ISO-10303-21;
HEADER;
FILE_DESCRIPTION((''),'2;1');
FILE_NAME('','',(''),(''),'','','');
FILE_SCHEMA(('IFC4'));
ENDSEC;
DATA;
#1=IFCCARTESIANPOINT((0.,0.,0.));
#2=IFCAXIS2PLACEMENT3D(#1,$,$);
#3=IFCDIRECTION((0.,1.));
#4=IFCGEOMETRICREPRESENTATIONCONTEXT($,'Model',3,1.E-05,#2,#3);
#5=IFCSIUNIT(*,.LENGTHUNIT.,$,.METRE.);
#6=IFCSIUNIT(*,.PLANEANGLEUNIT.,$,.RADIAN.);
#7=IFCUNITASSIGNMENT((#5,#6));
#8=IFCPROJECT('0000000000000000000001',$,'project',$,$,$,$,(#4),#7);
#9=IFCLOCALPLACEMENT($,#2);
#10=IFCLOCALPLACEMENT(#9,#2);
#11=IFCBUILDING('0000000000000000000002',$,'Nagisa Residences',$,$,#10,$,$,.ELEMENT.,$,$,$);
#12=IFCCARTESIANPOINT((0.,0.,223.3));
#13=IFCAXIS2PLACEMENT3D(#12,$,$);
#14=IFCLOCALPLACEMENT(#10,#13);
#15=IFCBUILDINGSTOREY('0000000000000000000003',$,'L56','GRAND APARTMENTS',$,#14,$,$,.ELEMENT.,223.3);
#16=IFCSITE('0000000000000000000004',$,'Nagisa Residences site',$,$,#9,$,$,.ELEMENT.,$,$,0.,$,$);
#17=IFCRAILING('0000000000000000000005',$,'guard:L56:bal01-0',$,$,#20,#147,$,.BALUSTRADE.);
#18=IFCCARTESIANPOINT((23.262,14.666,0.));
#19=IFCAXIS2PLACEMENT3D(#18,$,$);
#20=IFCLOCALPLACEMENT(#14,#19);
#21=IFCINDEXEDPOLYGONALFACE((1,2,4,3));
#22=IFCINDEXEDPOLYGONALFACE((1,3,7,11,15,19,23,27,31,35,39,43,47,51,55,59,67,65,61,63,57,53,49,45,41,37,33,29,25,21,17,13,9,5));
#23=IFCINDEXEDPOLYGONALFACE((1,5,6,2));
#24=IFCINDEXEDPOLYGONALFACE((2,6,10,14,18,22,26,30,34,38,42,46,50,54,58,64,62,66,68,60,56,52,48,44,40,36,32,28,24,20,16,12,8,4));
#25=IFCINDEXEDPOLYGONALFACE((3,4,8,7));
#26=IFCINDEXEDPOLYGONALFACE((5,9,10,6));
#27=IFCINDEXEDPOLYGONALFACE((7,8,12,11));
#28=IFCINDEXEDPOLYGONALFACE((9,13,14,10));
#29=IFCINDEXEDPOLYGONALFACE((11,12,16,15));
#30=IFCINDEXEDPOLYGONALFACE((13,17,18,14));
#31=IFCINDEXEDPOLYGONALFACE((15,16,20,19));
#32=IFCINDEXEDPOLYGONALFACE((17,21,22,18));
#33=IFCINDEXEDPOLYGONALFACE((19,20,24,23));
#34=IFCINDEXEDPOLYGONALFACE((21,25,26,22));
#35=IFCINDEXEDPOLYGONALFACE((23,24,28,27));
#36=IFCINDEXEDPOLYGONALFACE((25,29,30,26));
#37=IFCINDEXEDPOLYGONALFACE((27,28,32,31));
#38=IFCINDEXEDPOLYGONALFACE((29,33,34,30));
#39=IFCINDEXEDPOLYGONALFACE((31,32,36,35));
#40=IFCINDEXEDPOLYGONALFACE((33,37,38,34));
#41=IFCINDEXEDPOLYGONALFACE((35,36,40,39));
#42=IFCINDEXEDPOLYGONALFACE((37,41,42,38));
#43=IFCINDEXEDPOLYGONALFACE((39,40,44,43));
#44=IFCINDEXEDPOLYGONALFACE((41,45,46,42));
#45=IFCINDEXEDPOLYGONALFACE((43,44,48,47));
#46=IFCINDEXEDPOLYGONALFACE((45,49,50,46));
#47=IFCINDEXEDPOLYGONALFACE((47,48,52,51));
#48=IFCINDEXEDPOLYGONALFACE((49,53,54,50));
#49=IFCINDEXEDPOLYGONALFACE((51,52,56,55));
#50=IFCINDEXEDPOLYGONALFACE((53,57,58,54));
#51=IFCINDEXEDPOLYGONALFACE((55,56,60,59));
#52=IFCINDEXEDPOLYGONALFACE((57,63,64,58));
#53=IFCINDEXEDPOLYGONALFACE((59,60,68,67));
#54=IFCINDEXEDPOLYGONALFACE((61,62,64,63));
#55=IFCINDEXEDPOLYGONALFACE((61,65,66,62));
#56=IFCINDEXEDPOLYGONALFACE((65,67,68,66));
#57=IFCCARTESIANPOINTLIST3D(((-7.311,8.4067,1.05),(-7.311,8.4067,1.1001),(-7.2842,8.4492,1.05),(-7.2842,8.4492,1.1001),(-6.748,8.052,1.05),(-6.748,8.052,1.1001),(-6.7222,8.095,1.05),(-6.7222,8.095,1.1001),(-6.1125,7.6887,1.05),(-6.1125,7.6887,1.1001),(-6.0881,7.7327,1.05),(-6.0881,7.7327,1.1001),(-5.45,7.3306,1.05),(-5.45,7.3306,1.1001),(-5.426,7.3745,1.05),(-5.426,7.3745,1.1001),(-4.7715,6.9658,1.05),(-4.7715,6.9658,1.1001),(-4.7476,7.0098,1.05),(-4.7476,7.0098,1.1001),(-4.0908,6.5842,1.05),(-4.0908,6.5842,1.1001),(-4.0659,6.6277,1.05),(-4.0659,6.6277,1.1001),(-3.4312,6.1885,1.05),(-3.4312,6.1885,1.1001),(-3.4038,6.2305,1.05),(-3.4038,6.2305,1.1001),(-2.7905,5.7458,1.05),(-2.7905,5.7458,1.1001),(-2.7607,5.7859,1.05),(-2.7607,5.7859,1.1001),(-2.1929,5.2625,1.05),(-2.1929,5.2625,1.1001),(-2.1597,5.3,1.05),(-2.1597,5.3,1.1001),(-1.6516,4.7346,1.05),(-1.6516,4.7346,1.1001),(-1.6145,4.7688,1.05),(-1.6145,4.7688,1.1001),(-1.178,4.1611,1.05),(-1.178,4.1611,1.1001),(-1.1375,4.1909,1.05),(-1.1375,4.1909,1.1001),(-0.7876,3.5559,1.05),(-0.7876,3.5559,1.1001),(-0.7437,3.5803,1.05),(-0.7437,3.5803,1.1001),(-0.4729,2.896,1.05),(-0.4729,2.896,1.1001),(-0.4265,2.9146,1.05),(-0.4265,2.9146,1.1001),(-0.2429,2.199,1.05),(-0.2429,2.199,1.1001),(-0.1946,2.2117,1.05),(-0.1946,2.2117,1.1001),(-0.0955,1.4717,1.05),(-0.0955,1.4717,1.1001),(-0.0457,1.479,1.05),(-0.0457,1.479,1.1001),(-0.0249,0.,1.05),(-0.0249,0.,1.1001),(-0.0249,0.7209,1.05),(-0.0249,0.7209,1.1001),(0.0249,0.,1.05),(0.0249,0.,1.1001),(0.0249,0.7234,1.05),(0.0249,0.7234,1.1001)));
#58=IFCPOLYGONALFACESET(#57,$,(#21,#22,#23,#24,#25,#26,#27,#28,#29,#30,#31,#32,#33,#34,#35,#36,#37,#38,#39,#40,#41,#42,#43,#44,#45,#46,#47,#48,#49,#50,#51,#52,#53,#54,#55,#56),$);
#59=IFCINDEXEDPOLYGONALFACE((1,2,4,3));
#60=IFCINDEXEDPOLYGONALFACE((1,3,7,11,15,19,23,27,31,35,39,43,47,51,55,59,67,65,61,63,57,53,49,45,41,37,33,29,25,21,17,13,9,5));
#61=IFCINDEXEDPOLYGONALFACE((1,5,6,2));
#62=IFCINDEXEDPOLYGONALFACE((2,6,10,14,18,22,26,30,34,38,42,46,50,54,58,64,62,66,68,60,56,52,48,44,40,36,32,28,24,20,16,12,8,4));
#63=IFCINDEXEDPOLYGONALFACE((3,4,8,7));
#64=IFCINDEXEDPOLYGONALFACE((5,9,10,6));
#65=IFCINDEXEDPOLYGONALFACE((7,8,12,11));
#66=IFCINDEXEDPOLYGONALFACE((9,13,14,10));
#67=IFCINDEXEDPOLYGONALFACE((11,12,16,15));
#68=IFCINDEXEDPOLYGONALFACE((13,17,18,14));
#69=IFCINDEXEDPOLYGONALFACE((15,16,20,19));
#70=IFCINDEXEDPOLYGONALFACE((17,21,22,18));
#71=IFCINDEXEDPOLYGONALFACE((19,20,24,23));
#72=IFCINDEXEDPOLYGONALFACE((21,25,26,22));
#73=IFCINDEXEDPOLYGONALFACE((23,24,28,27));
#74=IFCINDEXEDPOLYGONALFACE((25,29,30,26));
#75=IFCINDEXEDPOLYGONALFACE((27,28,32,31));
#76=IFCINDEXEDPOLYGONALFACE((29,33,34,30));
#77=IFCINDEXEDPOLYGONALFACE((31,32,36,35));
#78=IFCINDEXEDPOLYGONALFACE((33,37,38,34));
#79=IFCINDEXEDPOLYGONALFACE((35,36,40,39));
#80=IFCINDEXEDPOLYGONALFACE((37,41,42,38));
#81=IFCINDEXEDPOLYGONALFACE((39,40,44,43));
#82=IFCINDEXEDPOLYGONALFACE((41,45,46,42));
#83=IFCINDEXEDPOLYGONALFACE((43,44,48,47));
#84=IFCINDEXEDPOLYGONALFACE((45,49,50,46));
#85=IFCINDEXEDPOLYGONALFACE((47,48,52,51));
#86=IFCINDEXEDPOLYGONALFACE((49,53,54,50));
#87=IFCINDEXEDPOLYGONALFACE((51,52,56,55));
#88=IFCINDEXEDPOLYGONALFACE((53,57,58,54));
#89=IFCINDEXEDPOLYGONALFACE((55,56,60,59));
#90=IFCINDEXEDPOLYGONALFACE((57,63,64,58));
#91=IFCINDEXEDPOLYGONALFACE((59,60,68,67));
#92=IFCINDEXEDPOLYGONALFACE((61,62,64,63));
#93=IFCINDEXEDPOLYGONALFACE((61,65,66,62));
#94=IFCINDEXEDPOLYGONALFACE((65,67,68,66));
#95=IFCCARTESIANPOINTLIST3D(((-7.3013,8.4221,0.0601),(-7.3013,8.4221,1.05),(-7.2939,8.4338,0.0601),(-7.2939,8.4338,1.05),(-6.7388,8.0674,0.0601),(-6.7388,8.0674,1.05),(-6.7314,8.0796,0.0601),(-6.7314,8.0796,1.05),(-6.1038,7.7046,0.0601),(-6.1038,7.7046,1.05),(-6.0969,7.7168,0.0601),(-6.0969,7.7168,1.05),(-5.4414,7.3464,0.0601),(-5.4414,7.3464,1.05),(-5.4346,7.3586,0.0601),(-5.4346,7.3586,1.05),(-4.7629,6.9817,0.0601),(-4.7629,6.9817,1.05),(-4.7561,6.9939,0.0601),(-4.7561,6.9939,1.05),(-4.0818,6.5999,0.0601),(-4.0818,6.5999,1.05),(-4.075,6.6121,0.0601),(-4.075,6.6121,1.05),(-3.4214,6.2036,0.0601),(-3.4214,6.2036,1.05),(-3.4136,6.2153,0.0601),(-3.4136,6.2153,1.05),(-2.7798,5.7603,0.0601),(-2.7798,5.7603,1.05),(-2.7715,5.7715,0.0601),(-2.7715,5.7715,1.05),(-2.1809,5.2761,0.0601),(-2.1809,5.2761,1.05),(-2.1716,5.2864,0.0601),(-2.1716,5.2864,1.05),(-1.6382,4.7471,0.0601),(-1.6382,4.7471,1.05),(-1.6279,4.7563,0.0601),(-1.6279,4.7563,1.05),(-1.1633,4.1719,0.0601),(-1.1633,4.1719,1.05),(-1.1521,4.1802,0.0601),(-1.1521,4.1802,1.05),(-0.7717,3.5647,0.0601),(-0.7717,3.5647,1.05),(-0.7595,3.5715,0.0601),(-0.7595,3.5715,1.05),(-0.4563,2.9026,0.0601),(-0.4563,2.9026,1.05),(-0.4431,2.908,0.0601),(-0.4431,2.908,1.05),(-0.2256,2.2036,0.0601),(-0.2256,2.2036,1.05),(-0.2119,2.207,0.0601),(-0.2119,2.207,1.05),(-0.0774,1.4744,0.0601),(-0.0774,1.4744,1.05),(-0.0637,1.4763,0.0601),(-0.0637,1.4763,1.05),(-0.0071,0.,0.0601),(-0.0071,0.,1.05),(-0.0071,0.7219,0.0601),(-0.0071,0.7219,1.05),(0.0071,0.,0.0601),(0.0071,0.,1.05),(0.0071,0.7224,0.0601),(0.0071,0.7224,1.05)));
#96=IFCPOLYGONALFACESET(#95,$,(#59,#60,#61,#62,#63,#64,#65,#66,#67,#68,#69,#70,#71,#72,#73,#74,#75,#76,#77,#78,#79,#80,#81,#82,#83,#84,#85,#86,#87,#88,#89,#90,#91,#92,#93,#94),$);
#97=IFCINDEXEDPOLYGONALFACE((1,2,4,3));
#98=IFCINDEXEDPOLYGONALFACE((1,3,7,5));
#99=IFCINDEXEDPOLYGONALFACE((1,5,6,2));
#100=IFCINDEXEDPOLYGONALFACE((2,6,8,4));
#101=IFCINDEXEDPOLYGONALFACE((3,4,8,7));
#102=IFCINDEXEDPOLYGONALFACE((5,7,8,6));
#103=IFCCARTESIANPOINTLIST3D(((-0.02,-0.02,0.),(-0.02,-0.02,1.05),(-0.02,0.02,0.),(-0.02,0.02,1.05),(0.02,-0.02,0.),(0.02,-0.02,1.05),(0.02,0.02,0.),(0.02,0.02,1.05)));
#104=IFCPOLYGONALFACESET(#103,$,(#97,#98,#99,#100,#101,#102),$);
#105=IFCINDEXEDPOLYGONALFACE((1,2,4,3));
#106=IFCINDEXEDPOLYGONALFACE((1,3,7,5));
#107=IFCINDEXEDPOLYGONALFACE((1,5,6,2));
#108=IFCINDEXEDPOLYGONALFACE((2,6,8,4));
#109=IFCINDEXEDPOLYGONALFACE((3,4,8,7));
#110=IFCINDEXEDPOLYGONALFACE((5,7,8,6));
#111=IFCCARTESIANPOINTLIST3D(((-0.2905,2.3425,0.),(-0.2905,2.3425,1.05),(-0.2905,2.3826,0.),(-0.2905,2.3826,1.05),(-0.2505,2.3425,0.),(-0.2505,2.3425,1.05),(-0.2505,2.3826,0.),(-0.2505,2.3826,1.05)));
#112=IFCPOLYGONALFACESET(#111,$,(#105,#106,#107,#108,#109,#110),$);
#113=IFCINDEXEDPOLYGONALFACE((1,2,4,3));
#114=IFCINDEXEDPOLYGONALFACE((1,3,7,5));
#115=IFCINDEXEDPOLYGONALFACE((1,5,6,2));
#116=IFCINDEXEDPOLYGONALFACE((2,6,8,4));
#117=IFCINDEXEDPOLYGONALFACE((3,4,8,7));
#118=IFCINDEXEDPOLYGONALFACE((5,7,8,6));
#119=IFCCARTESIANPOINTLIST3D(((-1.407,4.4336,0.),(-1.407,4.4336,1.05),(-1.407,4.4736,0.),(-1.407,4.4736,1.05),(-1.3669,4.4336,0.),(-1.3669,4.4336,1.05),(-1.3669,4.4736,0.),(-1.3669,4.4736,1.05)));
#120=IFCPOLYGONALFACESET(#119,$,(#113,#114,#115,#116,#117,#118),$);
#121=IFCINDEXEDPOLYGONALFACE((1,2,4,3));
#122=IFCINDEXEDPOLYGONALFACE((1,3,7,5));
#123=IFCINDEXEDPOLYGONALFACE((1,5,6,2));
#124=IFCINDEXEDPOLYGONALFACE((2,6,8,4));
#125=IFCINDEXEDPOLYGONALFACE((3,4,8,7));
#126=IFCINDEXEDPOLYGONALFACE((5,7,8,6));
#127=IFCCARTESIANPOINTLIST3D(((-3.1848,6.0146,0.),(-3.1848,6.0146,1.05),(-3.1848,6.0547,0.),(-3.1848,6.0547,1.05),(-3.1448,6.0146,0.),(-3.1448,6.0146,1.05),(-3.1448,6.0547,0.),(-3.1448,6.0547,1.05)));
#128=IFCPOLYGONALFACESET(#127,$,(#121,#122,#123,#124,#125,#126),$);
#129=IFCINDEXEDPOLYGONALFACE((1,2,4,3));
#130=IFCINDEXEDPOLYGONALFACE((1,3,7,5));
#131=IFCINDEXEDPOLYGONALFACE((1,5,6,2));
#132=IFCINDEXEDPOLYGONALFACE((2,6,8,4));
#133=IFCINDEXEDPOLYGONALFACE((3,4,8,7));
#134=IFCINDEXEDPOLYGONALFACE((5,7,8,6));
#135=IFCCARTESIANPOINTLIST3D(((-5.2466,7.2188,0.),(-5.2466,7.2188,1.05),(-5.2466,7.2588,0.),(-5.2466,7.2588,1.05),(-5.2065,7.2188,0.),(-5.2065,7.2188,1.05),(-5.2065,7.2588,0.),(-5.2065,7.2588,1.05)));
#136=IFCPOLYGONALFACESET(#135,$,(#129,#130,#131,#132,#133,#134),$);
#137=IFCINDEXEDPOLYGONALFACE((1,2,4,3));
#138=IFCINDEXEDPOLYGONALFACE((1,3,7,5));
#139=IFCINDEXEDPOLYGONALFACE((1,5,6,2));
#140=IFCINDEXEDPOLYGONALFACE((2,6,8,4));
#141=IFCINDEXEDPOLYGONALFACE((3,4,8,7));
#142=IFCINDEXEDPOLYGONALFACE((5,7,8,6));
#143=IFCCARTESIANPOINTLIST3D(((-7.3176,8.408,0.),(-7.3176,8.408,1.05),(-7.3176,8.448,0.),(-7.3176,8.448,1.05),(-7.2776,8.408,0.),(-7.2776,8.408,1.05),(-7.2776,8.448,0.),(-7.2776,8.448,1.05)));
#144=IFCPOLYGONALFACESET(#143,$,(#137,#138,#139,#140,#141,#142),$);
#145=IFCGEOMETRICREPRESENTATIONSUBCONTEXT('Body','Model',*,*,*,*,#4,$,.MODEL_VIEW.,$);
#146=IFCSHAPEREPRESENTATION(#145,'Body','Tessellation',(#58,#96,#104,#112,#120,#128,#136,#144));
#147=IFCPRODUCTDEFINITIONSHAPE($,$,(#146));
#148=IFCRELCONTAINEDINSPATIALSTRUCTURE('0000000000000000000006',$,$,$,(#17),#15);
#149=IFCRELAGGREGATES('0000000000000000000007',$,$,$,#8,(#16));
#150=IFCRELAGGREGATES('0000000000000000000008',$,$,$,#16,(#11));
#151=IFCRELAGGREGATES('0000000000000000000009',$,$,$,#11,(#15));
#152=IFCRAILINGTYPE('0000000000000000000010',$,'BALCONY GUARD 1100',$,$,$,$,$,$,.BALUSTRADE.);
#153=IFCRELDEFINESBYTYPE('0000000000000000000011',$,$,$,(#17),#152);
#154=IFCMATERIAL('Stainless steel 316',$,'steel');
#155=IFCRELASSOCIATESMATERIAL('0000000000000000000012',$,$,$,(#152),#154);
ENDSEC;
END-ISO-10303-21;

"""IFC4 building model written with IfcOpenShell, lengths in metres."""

from ifc_helpers import new_model, si_unit, direction, frame, origin, origin_2d, place, context, subcontext, project, spatial, polyline, rectangle, outline, extrude, material, type_object, element, save


model = new_model("IFC4")

# Units and contexts
model_context = context("Model", 3, precision=1e-05, world=origin(), true_north=direction((0.0, 1.0)))
body_context = subcontext(model_context, "Body", "Model", "MODEL_VIEW")
ifc_project = project(units=[si_unit("LENGTHUNIT", "METRE"), si_unit("PLANEANGLEUNIT", "RADIAN")], contexts=[model_context])

# Site, building, storey
site_placement = place(None, origin())
site = spatial("IfcSite", under=ifc_project, at=site_placement, Name="Nagisa Residences site", CompositionType="ELEMENT", RefElevation=0.0)
building_placement = place(site_placement, origin())
building = spatial("IfcBuilding", under=site, at=building_placement, Name="Nagisa Residences", CompositionType="ELEMENT")
storey_placement = place(building_placement, frame((0.0, 0.0, 223.3)))
storey = spatial("IfcBuildingStorey", under=building, at=storey_placement, Name="L56", Description="GRAND APARTMENTS", CompositionType="ELEMENT", Elevation=223.3)

# Railing
ifc_material_1 = material(Name="Stainless steel 316", Category="steel")
railing_type = type_object("IfcRailingType", Name="BALCONY GUARD 1100", PredefinedType="BALUSTRADE", material=ifc_material_1)
railing_1_placement = place(storey_placement, frame((23.262, 14.666, 0.0)))
element("IfcRailing", 1, at=railing_1_placement, inside=storey, type_object=railing_type, Name="guard:L56:bal01-0", PredefinedType="BALUSTRADE", context=body_context, shape_type="SweptSolid", body=[
    extrude(outline(polyline([(-0.0249, 0.7209), (-0.0249, 0.0), (0.0249, 0.0), (0.0249, 0.7234), (-0.0457, 1.479), (-0.1946, 2.2117), (-0.4265, 2.9146), (-0.7437, 3.5803), (-1.1375, 4.1909), (-1.6145, 4.7688), (-2.1597, 5.3), (-2.7607, 5.7859), (-3.4038, 6.2305), (-4.0659, 6.6277), (-4.7476, 7.0098), (-5.426, 7.3745), (-6.0881, 7.7327), (-6.7222, 8.095), (-7.2842, 8.4492), (-7.311, 8.4067), (-6.748, 8.052), (-6.1125, 7.6887), (-5.45, 7.3306), (-4.7715, 6.9658), (-4.0908, 6.5842), (-3.4312, 6.1885), (-2.7905, 5.7458), (-2.1929, 5.2625), (-1.6516, 4.7346), (-1.178, 4.1611), (-0.7876, 3.5559), (-0.4729, 2.896), (-0.2429, 2.199), (-0.0955, 1.4717), (-0.0249, 0.7209)])), frame((0.0, 0.0, 1.05)), (0.0, 0.0, 1.0), 0.05),
    extrude(outline(polyline([(-0.0071, 0.7219), (-0.0071, 0.0), (0.0071, 0.0), (0.0071, 0.7224), (-0.0637, 1.4763), (-0.2119, 2.207), (-0.4431, 2.908), (-0.7595, 3.5715), (-1.1521, 4.1802), (-1.6279, 4.7563), (-2.1716, 5.2864), (-2.7715, 5.7715), (-3.4136, 6.2153), (-4.075, 6.6121), (-4.7561, 6.9939), (-5.4346, 7.3586), (-6.0969, 7.7168), (-6.7314, 8.0796), (-7.2939, 8.4338), (-7.3013, 8.4221), (-6.7388, 8.0674), (-6.1038, 7.7046), (-5.4414, 7.3464), (-4.7629, 6.9817), (-4.0818, 6.5999), (-3.4214, 6.2036), (-2.7798, 5.7603), (-2.1809, 5.2761), (-1.6382, 4.7471), (-1.1633, 4.1719), (-0.7717, 3.5647), (-0.4563, 2.9026), (-0.2256, 2.2036), (-0.0774, 1.4744), (-0.0071, 0.7219)])), frame((0.0, 0.0, 0.0601)), (0.0, 0.0, 1.0), 0.99),
    extrude(rectangle(XDim=0.04, YDim=0.04, at=origin_2d()), origin(), (0.0, 0.0, 1.0), 1.05),
    extrude(rectangle(XDim=0.04, YDim=0.04, at=origin_2d()), frame((-0.2705, 2.3625, 0.0)), (0.0, 0.0, 1.0), 1.05),
    extrude(rectangle(XDim=0.04, YDim=0.04, at=origin_2d()), frame((-1.387, 4.4536, 0.0)), (0.0, 0.0, 1.0), 1.05),
    extrude(rectangle(XDim=0.04, YDim=0.04, at=origin_2d()), frame((-3.1648, 6.0347, 0.0)), (0.0, 0.0, 1.0), 1.05),
    extrude(rectangle(XDim=0.04, YDim=0.04, at=origin_2d()), frame((-5.2266, 7.2388, 0.0)), (0.0, 0.0, 1.0), 1.05),
    extrude(rectangle(XDim=0.04, YDim=0.04, at=origin_2d()), frame((-7.2976, 8.428, 0.0)), (0.0, 0.0, 1.0), 1.05),
])

save(model, "model.ifc")
